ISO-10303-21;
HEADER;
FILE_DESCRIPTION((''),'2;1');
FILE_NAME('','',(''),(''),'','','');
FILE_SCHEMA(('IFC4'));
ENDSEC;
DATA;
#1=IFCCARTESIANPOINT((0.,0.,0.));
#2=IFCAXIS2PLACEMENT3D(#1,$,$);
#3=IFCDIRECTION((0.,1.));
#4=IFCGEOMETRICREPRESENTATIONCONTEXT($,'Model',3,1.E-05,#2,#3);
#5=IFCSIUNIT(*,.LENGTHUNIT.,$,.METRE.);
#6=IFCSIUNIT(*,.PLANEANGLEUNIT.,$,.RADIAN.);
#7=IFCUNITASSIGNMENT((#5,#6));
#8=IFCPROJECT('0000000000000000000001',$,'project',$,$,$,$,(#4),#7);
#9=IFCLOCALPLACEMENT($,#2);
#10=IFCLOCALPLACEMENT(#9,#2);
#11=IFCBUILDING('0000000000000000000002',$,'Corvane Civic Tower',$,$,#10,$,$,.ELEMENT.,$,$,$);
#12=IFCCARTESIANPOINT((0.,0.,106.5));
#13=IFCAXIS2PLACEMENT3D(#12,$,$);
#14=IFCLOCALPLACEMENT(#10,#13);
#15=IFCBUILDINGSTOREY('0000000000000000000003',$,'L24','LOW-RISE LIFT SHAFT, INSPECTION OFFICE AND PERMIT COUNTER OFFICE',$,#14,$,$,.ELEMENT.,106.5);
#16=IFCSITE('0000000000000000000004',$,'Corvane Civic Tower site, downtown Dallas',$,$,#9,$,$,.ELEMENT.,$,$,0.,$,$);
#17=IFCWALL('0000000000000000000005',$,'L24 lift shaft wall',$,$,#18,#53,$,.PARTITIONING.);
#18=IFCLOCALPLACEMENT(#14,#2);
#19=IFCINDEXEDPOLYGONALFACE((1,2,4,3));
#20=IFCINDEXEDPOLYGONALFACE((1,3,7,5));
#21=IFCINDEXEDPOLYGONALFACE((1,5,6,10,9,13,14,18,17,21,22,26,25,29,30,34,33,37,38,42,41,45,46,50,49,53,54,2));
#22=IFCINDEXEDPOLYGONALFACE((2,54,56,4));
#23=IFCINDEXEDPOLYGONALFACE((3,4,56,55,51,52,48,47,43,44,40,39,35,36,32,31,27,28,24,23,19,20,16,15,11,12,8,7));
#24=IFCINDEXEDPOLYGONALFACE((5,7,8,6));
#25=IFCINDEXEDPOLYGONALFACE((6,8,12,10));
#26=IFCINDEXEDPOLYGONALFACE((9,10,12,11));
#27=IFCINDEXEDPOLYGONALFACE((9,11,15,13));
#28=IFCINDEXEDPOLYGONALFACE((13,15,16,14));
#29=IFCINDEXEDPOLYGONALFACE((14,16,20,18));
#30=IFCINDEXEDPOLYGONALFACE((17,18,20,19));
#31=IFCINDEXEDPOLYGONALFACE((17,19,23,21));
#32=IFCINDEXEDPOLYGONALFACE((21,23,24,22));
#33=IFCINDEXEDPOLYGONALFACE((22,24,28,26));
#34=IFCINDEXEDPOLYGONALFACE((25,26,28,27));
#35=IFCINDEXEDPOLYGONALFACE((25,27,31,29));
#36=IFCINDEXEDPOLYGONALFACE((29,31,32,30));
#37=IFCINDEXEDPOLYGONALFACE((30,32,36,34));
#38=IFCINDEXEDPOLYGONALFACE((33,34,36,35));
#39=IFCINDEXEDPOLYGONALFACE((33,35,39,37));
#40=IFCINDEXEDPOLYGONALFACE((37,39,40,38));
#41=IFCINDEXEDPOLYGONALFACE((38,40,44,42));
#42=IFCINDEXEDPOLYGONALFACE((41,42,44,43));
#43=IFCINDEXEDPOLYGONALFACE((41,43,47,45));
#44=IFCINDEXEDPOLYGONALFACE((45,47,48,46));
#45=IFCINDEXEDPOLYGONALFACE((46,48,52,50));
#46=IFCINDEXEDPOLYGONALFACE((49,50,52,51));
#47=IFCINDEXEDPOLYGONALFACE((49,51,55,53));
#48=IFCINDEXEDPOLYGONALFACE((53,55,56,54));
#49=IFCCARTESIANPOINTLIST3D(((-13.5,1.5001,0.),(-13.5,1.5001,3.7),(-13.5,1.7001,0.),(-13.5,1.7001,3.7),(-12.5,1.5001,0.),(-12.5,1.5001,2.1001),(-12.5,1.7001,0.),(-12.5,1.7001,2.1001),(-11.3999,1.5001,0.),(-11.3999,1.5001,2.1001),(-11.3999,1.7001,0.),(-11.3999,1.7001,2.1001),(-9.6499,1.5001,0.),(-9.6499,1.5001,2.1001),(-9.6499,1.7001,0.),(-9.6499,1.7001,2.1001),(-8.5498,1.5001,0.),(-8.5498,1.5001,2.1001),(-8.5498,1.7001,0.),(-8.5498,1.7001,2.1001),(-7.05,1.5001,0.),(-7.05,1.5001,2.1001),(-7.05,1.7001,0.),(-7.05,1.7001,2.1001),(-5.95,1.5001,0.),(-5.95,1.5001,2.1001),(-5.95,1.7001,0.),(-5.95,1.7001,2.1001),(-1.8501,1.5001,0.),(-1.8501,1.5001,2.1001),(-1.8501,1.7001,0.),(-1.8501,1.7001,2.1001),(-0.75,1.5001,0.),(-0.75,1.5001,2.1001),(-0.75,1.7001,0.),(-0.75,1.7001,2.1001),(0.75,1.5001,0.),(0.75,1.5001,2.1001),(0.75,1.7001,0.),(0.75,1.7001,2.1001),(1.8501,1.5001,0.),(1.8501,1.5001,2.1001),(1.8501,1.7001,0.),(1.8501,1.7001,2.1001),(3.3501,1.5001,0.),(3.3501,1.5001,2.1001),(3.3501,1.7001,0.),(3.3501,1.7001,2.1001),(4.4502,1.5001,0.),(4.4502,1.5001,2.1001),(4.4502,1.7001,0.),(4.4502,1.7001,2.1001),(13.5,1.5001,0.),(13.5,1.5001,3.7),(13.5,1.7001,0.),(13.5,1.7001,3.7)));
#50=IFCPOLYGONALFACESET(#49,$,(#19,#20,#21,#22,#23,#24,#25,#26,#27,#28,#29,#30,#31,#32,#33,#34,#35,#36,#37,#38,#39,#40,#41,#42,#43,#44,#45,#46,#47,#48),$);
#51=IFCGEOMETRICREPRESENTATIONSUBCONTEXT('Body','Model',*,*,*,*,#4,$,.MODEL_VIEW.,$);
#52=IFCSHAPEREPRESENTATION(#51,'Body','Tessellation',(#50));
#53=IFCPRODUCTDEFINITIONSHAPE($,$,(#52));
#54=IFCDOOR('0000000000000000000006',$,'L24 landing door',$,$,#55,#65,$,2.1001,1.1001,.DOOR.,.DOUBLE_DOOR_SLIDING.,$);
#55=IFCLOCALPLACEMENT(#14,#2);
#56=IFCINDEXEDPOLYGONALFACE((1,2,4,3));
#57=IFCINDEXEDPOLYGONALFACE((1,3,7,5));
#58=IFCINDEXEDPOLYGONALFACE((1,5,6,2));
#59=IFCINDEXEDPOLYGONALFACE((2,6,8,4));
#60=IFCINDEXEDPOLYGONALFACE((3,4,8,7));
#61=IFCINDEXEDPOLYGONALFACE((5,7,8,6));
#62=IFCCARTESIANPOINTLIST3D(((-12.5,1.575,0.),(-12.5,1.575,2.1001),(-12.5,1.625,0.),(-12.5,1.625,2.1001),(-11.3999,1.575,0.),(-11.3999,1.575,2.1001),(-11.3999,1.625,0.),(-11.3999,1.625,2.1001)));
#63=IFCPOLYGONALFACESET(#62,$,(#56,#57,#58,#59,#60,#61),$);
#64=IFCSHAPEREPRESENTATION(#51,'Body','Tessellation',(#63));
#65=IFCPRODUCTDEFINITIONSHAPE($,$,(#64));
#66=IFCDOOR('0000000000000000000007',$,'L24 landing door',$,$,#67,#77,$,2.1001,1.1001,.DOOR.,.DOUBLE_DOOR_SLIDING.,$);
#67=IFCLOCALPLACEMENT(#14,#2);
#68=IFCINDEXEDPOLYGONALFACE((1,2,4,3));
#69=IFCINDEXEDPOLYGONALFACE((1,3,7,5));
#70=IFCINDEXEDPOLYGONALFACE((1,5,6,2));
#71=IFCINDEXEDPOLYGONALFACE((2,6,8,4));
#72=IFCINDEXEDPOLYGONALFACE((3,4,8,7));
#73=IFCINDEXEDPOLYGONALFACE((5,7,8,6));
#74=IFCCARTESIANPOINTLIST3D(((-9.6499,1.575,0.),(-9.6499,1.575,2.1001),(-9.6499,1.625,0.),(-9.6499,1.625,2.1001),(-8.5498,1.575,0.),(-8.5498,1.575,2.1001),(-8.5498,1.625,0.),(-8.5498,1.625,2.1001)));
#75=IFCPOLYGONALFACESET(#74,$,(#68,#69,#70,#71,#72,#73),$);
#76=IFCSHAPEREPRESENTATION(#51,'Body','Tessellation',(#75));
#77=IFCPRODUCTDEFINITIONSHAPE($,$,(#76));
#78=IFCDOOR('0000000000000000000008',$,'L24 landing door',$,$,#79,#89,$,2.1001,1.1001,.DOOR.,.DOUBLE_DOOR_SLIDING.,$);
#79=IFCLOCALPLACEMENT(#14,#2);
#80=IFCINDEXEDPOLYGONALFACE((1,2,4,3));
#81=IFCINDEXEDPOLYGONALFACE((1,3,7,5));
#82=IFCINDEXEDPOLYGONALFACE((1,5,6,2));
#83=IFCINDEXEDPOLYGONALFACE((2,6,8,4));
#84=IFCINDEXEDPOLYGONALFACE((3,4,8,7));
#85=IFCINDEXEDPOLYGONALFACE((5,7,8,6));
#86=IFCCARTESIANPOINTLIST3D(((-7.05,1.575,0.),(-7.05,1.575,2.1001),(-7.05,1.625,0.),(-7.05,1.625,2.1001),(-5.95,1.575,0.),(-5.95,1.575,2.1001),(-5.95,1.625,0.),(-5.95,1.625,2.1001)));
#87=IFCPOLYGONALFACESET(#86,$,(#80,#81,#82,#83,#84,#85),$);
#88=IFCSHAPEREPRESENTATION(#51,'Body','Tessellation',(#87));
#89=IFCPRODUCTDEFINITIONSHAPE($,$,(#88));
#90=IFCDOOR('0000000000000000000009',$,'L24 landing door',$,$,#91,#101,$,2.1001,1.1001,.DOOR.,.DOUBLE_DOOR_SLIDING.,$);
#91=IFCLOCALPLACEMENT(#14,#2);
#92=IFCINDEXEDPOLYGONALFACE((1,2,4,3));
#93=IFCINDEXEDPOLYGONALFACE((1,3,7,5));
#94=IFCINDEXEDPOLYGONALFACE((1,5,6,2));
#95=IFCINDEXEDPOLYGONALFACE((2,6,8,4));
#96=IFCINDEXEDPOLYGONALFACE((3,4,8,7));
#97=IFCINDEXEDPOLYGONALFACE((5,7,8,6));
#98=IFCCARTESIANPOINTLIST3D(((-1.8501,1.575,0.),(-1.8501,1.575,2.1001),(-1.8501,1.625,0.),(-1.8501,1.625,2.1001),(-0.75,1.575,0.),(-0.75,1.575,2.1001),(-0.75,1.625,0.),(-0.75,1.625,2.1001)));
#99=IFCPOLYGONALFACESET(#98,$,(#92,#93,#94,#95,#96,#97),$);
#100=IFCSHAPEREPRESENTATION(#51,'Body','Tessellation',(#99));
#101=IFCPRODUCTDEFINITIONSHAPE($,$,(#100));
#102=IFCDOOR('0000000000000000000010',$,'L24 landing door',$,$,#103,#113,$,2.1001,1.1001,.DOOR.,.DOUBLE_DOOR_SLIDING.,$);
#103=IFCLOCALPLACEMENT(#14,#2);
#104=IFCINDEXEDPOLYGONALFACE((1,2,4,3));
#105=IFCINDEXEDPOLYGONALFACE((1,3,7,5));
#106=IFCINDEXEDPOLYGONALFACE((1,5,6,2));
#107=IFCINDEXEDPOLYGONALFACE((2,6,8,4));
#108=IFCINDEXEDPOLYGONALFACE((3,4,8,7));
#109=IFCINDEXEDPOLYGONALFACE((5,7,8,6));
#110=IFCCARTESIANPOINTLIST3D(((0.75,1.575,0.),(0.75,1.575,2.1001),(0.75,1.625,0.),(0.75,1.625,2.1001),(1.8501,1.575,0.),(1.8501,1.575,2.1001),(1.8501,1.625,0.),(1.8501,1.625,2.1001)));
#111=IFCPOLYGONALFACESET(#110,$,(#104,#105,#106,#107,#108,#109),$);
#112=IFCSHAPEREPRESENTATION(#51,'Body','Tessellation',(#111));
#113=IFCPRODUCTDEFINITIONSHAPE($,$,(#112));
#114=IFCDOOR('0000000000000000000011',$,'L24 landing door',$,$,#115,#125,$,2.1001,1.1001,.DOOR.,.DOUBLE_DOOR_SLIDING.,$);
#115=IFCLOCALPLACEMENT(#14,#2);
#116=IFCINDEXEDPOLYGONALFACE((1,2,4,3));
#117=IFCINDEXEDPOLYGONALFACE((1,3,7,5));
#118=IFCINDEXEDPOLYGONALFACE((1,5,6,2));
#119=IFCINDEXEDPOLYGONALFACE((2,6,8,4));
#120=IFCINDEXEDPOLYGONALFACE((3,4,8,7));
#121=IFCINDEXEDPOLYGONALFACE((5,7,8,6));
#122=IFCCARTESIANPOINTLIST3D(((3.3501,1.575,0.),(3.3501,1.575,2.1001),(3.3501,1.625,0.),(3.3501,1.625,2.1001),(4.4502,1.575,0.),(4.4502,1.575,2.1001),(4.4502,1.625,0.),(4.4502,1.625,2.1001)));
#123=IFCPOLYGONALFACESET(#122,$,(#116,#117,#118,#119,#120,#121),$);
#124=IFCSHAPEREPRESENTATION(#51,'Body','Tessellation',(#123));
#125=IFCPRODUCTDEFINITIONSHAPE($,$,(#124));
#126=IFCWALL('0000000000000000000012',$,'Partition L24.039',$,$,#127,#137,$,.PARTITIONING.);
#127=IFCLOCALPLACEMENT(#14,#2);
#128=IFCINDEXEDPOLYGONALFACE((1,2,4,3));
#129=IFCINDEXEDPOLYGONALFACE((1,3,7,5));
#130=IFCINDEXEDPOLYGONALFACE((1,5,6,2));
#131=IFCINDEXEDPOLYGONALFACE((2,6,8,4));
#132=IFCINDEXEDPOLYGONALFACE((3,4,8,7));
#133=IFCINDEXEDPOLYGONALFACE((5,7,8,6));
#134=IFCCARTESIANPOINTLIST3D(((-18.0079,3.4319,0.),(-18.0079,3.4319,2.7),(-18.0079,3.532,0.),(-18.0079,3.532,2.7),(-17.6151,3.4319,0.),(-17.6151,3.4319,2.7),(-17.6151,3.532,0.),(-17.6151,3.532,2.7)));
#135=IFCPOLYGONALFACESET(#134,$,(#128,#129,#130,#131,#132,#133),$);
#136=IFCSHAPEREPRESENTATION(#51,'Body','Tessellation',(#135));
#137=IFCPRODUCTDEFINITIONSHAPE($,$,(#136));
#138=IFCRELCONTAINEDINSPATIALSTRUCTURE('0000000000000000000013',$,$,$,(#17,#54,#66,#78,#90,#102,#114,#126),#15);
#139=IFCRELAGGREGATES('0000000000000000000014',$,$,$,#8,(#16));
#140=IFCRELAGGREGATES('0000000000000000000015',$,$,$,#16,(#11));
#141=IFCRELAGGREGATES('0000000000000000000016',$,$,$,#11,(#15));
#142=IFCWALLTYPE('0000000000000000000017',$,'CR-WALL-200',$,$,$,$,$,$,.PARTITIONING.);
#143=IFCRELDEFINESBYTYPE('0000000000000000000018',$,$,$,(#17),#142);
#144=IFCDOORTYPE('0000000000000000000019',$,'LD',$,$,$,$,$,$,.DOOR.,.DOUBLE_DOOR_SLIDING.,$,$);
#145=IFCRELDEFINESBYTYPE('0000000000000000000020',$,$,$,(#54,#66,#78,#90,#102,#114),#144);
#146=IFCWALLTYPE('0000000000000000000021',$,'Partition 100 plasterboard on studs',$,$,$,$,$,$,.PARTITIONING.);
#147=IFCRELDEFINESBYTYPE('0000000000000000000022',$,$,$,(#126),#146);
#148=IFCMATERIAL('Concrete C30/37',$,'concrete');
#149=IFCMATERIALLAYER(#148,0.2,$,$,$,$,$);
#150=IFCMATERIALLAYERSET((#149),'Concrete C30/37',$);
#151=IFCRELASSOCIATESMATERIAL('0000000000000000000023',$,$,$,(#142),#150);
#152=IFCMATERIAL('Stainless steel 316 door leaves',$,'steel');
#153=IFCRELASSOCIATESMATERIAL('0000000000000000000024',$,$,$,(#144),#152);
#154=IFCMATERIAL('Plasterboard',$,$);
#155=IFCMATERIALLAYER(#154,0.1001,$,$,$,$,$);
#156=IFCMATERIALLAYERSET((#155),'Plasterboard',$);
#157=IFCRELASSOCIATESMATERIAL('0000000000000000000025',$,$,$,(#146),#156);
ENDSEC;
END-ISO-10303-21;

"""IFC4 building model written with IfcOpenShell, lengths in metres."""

from ifc_helpers import new_model, si_unit, direction, frame, frame_2d, origin, place, context, subcontext, project, spatial, rectangle, extrude, material, layer, layer_set, type_object, element, fill, save


model = new_model("IFC4")

# Units and contexts
model_context = context("Model", 3, precision=1e-05, world=origin(), true_north=direction((0.0, 1.0)))
body_context = subcontext(model_context, "Body", "Model", "MODEL_VIEW")
ifc_project = project(units=[si_unit("LENGTHUNIT", "METRE"), si_unit("PLANEANGLEUNIT", "RADIAN")], contexts=[model_context])

# Site, building, storey
site_placement = place(None, origin())
site = spatial("IfcSite", under=ifc_project, at=site_placement, Name="Corvane Civic Tower site, downtown Dallas", CompositionType="ELEMENT", RefElevation=0.0)
building_placement = place(site_placement, origin())
building = spatial("IfcBuilding", under=site, at=building_placement, Name="Corvane Civic Tower", CompositionType="ELEMENT")
storey_placement = place(building_placement, frame((0.0, 0.0, 106.5)))
storey = spatial("IfcBuildingStorey", under=building, at=storey_placement, Name="L24", Description="LOW-RISE LIFT SHAFT, INSPECTION OFFICE AND PERMIT COUNTER OFFICE", CompositionType="ELEMENT", Elevation=106.5)

# Wall, openings, doors
ifc_material_1 = material(Name="Concrete C30/37", Category="concrete")
ifc_layer_1 = layer(ifc_material_1, 0.2)
ifc_layer_set_1 = layer_set([ifc_layer_1], Name="Concrete C30/37")
wall_type_1 = type_object("IfcWallType", Name="CR-WALL-200", PredefinedType="PARTITIONING", material=ifc_layer_set_1)
wall_1_placement = place(storey_placement, frame((-13.5, 1.6001, 0.0), z_axis=(0.0, 0.0, 1.0), x_axis=(1.0, 0.0, 0.0)))
wall_1 = element("IfcWall", 1, at=wall_1_placement, inside=storey, type_object=wall_type_1, Name="L24 lift shaft wall", PredefinedType="PARTITIONING", context=body_context, shape_type="SweptSolid", body=[
    extrude(rectangle(XDim=27.0, YDim=0.2, at=frame_2d((13.5, 0.0))), origin(), (0.0, 0.0, 1.0), 3.7),
])
opening_1_placement = place(wall_1_placement, frame((1.0, 0.0, 0.0)))
opening_1 = element("IfcOpeningElement", 2, at=opening_1_placement, cuts=wall_1, PredefinedType="OPENING", context=body_context, shape_type="SweptSolid", body=[
    extrude(rectangle(XDim=1.1001, YDim=2.1001, at=frame_2d((0.55, 1.05))), frame((0.0, 0.1099, 0.0), z_axis=(0.0, -1.0, 0.0), x_axis=(1.0, 0.0, 0.0)), (0.0, 0.0, 1.0), 0.22),
])
opening_2_placement = place(wall_1_placement, frame((3.8501, 0.0, 0.0)))
opening_2 = element("IfcOpeningElement", 3, at=opening_2_placement, cuts=wall_1, PredefinedType="OPENING", context=body_context, shape_type="SweptSolid", body=[
    extrude(rectangle(XDim=1.1001, YDim=2.1001, at=frame_2d((0.55, 1.05))), frame((0.0, 0.1099, 0.0), z_axis=(0.0, -1.0, 0.0), x_axis=(1.0, 0.0, 0.0)), (0.0, 0.0, 1.0), 0.22),
])
opening_3_placement = place(wall_1_placement, frame((6.45, 0.0, 0.0)))
opening_3 = element("IfcOpeningElement", 4, at=opening_3_placement, cuts=wall_1, PredefinedType="OPENING", context=body_context, shape_type="SweptSolid", body=[
    extrude(rectangle(XDim=1.1001, YDim=2.1001, at=frame_2d((0.55, 1.05))), frame((0.0, 0.1099, 0.0), z_axis=(0.0, -1.0, 0.0), x_axis=(1.0, 0.0, 0.0)), (0.0, 0.0, 1.0), 0.22),
])
opening_4_placement = place(wall_1_placement, frame((11.6499, 0.0, 0.0)))
opening_4 = element("IfcOpeningElement", 5, at=opening_4_placement, cuts=wall_1, PredefinedType="OPENING", context=body_context, shape_type="SweptSolid", body=[
    extrude(rectangle(XDim=1.1001, YDim=2.1001, at=frame_2d((0.55, 1.05))), frame((0.0, 0.1099, 0.0), z_axis=(0.0, -1.0, 0.0), x_axis=(1.0, 0.0, 0.0)), (0.0, 0.0, 1.0), 0.22),
])
opening_5_placement = place(wall_1_placement, frame((14.25, 0.0, 0.0)))
opening_5 = element("IfcOpeningElement", 6, at=opening_5_placement, cuts=wall_1, PredefinedType="OPENING", context=body_context, shape_type="SweptSolid", body=[
    extrude(rectangle(XDim=1.1001, YDim=2.1001, at=frame_2d((0.55, 1.05))), frame((0.0, 0.1099, 0.0), z_axis=(0.0, -1.0, 0.0), x_axis=(1.0, 0.0, 0.0)), (0.0, 0.0, 1.0), 0.22),
])
opening_6_placement = place(wall_1_placement, frame((16.8501, 0.0, 0.0)))
opening_6 = element("IfcOpeningElement", 7, at=opening_6_placement, cuts=wall_1, PredefinedType="OPENING", context=body_context, shape_type="SweptSolid", body=[
    extrude(rectangle(XDim=1.1001, YDim=2.1001, at=frame_2d((0.55, 1.05))), frame((0.0, 0.1099, 0.0), z_axis=(0.0, -1.0, 0.0), x_axis=(1.0, 0.0, 0.0)), (0.0, 0.0, 1.0), 0.22),
])
ifc_material_2 = material(Name="Stainless steel 316 door leaves", Category="steel")
door_type = type_object("IfcDoorType", Name="LD", OperationType="DOUBLE_DOOR_SLIDING", PredefinedType="DOOR", material=ifc_material_2)
door_1_placement = place(opening_1_placement, origin())
door_1 = element("IfcDoor", 8, at=door_1_placement, inside=storey, type_object=door_type, Name="L24 landing door", OperationType="DOUBLE_DOOR_SLIDING", OverallHeight=2.1001, OverallWidth=1.1001, PredefinedType="DOOR", context=body_context, shape_type="SweptSolid", body=[
    extrude(rectangle(XDim=1.1001, YDim=2.1001, at=frame_2d((0.55, 1.05))), frame((0.0, 0.0249, 0.0), z_axis=(0.0, -1.0, 0.0), x_axis=(1.0, 0.0, 0.0)), (0.0, 0.0, 1.0), 0.05),
])
fill(opening_1, door_1)
door_2_placement = place(opening_2_placement, origin())
door_2 = element("IfcDoor", 9, at=door_2_placement, inside=storey, type_object=door_type, Name="L24 landing door", OperationType="DOUBLE_DOOR_SLIDING", OverallHeight=2.1001, OverallWidth=1.1001, PredefinedType="DOOR", context=body_context, shape_type="SweptSolid", body=[
    extrude(rectangle(XDim=1.1001, YDim=2.1001, at=frame_2d((0.55, 1.05))), frame((0.0, 0.0249, 0.0), z_axis=(0.0, -1.0, 0.0), x_axis=(1.0, 0.0, 0.0)), (0.0, 0.0, 1.0), 0.05),
])
fill(opening_2, door_2)
door_3_placement = place(opening_3_placement, origin())
door_3 = element("IfcDoor", 10, at=door_3_placement, inside=storey, type_object=door_type, Name="L24 landing door", OperationType="DOUBLE_DOOR_SLIDING", OverallHeight=2.1001, OverallWidth=1.1001, PredefinedType="DOOR", context=body_context, shape_type="SweptSolid", body=[
    extrude(rectangle(XDim=1.1001, YDim=2.1001, at=frame_2d((0.55, 1.05))), frame((0.0, 0.0249, 0.0), z_axis=(0.0, -1.0, 0.0), x_axis=(1.0, 0.0, 0.0)), (0.0, 0.0, 1.0), 0.05),
])
fill(opening_3, door_3)
door_4_placement = place(opening_4_placement, origin())
door_4 = element("IfcDoor", 11, at=door_4_placement, inside=storey, type_object=door_type, Name="L24 landing door", OperationType="DOUBLE_DOOR_SLIDING", OverallHeight=2.1001, OverallWidth=1.1001, PredefinedType="DOOR", context=body_context, shape_type="SweptSolid", body=[
    extrude(rectangle(XDim=1.1001, YDim=2.1001, at=frame_2d((0.55, 1.05))), frame((0.0, 0.0249, 0.0), z_axis=(0.0, -1.0, 0.0), x_axis=(1.0, 0.0, 0.0)), (0.0, 0.0, 1.0), 0.05),
])
fill(opening_4, door_4)
door_5_placement = place(opening_5_placement, origin())
door_5 = element("IfcDoor", 12, at=door_5_placement, inside=storey, type_object=door_type, Name="L24 landing door", OperationType="DOUBLE_DOOR_SLIDING", OverallHeight=2.1001, OverallWidth=1.1001, PredefinedType="DOOR", context=body_context, shape_type="SweptSolid", body=[
    extrude(rectangle(XDim=1.1001, YDim=2.1001, at=frame_2d((0.55, 1.05))), frame((0.0, 0.0249, 0.0), z_axis=(0.0, -1.0, 0.0), x_axis=(1.0, 0.0, 0.0)), (0.0, 0.0, 1.0), 0.05),
])
fill(opening_5, door_5)
door_6_placement = place(opening_6_placement, origin())
door_6 = element("IfcDoor", 13, at=door_6_placement, inside=storey, type_object=door_type, Name="L24 landing door", OperationType="DOUBLE_DOOR_SLIDING", OverallHeight=2.1001, OverallWidth=1.1001, PredefinedType="DOOR", context=body_context, shape_type="SweptSolid", body=[
    extrude(rectangle(XDim=1.1001, YDim=2.1001, at=frame_2d((0.55, 1.05))), frame((0.0, 0.0249, 0.0), z_axis=(0.0, -1.0, 0.0), x_axis=(1.0, 0.0, 0.0)), (0.0, 0.0, 1.0), 0.05),
])
fill(opening_6, door_6)

# Wall
ifc_material_3 = material(Name="Plasterboard")
ifc_layer_2 = layer(ifc_material_3, 0.1001)
ifc_layer_set_2 = layer_set([ifc_layer_2], Name="Plasterboard")
wall_type_2 = type_object("IfcWallType", Name="Partition 100 plasterboard on studs", PredefinedType="PARTITIONING", material=ifc_layer_set_2)
wall_2_placement = place(storey_placement, frame((-18.0078, 3.4819, 0.0), z_axis=(0.0, 0.0, 1.0), x_axis=(1.0, 0.0, 0.0)))
element("IfcWall", 14, at=wall_2_placement, inside=storey, type_object=wall_type_2, Name="Partition L24.039", PredefinedType="PARTITIONING", context=body_context, shape_type="SweptSolid", body=[
    extrude(rectangle(XDim=0.3928, YDim=0.1001, at=frame_2d((0.1963, 0.0))), origin(), (0.0, 0.0, 1.0), 2.7),
])

save(model, "model.ifc")
